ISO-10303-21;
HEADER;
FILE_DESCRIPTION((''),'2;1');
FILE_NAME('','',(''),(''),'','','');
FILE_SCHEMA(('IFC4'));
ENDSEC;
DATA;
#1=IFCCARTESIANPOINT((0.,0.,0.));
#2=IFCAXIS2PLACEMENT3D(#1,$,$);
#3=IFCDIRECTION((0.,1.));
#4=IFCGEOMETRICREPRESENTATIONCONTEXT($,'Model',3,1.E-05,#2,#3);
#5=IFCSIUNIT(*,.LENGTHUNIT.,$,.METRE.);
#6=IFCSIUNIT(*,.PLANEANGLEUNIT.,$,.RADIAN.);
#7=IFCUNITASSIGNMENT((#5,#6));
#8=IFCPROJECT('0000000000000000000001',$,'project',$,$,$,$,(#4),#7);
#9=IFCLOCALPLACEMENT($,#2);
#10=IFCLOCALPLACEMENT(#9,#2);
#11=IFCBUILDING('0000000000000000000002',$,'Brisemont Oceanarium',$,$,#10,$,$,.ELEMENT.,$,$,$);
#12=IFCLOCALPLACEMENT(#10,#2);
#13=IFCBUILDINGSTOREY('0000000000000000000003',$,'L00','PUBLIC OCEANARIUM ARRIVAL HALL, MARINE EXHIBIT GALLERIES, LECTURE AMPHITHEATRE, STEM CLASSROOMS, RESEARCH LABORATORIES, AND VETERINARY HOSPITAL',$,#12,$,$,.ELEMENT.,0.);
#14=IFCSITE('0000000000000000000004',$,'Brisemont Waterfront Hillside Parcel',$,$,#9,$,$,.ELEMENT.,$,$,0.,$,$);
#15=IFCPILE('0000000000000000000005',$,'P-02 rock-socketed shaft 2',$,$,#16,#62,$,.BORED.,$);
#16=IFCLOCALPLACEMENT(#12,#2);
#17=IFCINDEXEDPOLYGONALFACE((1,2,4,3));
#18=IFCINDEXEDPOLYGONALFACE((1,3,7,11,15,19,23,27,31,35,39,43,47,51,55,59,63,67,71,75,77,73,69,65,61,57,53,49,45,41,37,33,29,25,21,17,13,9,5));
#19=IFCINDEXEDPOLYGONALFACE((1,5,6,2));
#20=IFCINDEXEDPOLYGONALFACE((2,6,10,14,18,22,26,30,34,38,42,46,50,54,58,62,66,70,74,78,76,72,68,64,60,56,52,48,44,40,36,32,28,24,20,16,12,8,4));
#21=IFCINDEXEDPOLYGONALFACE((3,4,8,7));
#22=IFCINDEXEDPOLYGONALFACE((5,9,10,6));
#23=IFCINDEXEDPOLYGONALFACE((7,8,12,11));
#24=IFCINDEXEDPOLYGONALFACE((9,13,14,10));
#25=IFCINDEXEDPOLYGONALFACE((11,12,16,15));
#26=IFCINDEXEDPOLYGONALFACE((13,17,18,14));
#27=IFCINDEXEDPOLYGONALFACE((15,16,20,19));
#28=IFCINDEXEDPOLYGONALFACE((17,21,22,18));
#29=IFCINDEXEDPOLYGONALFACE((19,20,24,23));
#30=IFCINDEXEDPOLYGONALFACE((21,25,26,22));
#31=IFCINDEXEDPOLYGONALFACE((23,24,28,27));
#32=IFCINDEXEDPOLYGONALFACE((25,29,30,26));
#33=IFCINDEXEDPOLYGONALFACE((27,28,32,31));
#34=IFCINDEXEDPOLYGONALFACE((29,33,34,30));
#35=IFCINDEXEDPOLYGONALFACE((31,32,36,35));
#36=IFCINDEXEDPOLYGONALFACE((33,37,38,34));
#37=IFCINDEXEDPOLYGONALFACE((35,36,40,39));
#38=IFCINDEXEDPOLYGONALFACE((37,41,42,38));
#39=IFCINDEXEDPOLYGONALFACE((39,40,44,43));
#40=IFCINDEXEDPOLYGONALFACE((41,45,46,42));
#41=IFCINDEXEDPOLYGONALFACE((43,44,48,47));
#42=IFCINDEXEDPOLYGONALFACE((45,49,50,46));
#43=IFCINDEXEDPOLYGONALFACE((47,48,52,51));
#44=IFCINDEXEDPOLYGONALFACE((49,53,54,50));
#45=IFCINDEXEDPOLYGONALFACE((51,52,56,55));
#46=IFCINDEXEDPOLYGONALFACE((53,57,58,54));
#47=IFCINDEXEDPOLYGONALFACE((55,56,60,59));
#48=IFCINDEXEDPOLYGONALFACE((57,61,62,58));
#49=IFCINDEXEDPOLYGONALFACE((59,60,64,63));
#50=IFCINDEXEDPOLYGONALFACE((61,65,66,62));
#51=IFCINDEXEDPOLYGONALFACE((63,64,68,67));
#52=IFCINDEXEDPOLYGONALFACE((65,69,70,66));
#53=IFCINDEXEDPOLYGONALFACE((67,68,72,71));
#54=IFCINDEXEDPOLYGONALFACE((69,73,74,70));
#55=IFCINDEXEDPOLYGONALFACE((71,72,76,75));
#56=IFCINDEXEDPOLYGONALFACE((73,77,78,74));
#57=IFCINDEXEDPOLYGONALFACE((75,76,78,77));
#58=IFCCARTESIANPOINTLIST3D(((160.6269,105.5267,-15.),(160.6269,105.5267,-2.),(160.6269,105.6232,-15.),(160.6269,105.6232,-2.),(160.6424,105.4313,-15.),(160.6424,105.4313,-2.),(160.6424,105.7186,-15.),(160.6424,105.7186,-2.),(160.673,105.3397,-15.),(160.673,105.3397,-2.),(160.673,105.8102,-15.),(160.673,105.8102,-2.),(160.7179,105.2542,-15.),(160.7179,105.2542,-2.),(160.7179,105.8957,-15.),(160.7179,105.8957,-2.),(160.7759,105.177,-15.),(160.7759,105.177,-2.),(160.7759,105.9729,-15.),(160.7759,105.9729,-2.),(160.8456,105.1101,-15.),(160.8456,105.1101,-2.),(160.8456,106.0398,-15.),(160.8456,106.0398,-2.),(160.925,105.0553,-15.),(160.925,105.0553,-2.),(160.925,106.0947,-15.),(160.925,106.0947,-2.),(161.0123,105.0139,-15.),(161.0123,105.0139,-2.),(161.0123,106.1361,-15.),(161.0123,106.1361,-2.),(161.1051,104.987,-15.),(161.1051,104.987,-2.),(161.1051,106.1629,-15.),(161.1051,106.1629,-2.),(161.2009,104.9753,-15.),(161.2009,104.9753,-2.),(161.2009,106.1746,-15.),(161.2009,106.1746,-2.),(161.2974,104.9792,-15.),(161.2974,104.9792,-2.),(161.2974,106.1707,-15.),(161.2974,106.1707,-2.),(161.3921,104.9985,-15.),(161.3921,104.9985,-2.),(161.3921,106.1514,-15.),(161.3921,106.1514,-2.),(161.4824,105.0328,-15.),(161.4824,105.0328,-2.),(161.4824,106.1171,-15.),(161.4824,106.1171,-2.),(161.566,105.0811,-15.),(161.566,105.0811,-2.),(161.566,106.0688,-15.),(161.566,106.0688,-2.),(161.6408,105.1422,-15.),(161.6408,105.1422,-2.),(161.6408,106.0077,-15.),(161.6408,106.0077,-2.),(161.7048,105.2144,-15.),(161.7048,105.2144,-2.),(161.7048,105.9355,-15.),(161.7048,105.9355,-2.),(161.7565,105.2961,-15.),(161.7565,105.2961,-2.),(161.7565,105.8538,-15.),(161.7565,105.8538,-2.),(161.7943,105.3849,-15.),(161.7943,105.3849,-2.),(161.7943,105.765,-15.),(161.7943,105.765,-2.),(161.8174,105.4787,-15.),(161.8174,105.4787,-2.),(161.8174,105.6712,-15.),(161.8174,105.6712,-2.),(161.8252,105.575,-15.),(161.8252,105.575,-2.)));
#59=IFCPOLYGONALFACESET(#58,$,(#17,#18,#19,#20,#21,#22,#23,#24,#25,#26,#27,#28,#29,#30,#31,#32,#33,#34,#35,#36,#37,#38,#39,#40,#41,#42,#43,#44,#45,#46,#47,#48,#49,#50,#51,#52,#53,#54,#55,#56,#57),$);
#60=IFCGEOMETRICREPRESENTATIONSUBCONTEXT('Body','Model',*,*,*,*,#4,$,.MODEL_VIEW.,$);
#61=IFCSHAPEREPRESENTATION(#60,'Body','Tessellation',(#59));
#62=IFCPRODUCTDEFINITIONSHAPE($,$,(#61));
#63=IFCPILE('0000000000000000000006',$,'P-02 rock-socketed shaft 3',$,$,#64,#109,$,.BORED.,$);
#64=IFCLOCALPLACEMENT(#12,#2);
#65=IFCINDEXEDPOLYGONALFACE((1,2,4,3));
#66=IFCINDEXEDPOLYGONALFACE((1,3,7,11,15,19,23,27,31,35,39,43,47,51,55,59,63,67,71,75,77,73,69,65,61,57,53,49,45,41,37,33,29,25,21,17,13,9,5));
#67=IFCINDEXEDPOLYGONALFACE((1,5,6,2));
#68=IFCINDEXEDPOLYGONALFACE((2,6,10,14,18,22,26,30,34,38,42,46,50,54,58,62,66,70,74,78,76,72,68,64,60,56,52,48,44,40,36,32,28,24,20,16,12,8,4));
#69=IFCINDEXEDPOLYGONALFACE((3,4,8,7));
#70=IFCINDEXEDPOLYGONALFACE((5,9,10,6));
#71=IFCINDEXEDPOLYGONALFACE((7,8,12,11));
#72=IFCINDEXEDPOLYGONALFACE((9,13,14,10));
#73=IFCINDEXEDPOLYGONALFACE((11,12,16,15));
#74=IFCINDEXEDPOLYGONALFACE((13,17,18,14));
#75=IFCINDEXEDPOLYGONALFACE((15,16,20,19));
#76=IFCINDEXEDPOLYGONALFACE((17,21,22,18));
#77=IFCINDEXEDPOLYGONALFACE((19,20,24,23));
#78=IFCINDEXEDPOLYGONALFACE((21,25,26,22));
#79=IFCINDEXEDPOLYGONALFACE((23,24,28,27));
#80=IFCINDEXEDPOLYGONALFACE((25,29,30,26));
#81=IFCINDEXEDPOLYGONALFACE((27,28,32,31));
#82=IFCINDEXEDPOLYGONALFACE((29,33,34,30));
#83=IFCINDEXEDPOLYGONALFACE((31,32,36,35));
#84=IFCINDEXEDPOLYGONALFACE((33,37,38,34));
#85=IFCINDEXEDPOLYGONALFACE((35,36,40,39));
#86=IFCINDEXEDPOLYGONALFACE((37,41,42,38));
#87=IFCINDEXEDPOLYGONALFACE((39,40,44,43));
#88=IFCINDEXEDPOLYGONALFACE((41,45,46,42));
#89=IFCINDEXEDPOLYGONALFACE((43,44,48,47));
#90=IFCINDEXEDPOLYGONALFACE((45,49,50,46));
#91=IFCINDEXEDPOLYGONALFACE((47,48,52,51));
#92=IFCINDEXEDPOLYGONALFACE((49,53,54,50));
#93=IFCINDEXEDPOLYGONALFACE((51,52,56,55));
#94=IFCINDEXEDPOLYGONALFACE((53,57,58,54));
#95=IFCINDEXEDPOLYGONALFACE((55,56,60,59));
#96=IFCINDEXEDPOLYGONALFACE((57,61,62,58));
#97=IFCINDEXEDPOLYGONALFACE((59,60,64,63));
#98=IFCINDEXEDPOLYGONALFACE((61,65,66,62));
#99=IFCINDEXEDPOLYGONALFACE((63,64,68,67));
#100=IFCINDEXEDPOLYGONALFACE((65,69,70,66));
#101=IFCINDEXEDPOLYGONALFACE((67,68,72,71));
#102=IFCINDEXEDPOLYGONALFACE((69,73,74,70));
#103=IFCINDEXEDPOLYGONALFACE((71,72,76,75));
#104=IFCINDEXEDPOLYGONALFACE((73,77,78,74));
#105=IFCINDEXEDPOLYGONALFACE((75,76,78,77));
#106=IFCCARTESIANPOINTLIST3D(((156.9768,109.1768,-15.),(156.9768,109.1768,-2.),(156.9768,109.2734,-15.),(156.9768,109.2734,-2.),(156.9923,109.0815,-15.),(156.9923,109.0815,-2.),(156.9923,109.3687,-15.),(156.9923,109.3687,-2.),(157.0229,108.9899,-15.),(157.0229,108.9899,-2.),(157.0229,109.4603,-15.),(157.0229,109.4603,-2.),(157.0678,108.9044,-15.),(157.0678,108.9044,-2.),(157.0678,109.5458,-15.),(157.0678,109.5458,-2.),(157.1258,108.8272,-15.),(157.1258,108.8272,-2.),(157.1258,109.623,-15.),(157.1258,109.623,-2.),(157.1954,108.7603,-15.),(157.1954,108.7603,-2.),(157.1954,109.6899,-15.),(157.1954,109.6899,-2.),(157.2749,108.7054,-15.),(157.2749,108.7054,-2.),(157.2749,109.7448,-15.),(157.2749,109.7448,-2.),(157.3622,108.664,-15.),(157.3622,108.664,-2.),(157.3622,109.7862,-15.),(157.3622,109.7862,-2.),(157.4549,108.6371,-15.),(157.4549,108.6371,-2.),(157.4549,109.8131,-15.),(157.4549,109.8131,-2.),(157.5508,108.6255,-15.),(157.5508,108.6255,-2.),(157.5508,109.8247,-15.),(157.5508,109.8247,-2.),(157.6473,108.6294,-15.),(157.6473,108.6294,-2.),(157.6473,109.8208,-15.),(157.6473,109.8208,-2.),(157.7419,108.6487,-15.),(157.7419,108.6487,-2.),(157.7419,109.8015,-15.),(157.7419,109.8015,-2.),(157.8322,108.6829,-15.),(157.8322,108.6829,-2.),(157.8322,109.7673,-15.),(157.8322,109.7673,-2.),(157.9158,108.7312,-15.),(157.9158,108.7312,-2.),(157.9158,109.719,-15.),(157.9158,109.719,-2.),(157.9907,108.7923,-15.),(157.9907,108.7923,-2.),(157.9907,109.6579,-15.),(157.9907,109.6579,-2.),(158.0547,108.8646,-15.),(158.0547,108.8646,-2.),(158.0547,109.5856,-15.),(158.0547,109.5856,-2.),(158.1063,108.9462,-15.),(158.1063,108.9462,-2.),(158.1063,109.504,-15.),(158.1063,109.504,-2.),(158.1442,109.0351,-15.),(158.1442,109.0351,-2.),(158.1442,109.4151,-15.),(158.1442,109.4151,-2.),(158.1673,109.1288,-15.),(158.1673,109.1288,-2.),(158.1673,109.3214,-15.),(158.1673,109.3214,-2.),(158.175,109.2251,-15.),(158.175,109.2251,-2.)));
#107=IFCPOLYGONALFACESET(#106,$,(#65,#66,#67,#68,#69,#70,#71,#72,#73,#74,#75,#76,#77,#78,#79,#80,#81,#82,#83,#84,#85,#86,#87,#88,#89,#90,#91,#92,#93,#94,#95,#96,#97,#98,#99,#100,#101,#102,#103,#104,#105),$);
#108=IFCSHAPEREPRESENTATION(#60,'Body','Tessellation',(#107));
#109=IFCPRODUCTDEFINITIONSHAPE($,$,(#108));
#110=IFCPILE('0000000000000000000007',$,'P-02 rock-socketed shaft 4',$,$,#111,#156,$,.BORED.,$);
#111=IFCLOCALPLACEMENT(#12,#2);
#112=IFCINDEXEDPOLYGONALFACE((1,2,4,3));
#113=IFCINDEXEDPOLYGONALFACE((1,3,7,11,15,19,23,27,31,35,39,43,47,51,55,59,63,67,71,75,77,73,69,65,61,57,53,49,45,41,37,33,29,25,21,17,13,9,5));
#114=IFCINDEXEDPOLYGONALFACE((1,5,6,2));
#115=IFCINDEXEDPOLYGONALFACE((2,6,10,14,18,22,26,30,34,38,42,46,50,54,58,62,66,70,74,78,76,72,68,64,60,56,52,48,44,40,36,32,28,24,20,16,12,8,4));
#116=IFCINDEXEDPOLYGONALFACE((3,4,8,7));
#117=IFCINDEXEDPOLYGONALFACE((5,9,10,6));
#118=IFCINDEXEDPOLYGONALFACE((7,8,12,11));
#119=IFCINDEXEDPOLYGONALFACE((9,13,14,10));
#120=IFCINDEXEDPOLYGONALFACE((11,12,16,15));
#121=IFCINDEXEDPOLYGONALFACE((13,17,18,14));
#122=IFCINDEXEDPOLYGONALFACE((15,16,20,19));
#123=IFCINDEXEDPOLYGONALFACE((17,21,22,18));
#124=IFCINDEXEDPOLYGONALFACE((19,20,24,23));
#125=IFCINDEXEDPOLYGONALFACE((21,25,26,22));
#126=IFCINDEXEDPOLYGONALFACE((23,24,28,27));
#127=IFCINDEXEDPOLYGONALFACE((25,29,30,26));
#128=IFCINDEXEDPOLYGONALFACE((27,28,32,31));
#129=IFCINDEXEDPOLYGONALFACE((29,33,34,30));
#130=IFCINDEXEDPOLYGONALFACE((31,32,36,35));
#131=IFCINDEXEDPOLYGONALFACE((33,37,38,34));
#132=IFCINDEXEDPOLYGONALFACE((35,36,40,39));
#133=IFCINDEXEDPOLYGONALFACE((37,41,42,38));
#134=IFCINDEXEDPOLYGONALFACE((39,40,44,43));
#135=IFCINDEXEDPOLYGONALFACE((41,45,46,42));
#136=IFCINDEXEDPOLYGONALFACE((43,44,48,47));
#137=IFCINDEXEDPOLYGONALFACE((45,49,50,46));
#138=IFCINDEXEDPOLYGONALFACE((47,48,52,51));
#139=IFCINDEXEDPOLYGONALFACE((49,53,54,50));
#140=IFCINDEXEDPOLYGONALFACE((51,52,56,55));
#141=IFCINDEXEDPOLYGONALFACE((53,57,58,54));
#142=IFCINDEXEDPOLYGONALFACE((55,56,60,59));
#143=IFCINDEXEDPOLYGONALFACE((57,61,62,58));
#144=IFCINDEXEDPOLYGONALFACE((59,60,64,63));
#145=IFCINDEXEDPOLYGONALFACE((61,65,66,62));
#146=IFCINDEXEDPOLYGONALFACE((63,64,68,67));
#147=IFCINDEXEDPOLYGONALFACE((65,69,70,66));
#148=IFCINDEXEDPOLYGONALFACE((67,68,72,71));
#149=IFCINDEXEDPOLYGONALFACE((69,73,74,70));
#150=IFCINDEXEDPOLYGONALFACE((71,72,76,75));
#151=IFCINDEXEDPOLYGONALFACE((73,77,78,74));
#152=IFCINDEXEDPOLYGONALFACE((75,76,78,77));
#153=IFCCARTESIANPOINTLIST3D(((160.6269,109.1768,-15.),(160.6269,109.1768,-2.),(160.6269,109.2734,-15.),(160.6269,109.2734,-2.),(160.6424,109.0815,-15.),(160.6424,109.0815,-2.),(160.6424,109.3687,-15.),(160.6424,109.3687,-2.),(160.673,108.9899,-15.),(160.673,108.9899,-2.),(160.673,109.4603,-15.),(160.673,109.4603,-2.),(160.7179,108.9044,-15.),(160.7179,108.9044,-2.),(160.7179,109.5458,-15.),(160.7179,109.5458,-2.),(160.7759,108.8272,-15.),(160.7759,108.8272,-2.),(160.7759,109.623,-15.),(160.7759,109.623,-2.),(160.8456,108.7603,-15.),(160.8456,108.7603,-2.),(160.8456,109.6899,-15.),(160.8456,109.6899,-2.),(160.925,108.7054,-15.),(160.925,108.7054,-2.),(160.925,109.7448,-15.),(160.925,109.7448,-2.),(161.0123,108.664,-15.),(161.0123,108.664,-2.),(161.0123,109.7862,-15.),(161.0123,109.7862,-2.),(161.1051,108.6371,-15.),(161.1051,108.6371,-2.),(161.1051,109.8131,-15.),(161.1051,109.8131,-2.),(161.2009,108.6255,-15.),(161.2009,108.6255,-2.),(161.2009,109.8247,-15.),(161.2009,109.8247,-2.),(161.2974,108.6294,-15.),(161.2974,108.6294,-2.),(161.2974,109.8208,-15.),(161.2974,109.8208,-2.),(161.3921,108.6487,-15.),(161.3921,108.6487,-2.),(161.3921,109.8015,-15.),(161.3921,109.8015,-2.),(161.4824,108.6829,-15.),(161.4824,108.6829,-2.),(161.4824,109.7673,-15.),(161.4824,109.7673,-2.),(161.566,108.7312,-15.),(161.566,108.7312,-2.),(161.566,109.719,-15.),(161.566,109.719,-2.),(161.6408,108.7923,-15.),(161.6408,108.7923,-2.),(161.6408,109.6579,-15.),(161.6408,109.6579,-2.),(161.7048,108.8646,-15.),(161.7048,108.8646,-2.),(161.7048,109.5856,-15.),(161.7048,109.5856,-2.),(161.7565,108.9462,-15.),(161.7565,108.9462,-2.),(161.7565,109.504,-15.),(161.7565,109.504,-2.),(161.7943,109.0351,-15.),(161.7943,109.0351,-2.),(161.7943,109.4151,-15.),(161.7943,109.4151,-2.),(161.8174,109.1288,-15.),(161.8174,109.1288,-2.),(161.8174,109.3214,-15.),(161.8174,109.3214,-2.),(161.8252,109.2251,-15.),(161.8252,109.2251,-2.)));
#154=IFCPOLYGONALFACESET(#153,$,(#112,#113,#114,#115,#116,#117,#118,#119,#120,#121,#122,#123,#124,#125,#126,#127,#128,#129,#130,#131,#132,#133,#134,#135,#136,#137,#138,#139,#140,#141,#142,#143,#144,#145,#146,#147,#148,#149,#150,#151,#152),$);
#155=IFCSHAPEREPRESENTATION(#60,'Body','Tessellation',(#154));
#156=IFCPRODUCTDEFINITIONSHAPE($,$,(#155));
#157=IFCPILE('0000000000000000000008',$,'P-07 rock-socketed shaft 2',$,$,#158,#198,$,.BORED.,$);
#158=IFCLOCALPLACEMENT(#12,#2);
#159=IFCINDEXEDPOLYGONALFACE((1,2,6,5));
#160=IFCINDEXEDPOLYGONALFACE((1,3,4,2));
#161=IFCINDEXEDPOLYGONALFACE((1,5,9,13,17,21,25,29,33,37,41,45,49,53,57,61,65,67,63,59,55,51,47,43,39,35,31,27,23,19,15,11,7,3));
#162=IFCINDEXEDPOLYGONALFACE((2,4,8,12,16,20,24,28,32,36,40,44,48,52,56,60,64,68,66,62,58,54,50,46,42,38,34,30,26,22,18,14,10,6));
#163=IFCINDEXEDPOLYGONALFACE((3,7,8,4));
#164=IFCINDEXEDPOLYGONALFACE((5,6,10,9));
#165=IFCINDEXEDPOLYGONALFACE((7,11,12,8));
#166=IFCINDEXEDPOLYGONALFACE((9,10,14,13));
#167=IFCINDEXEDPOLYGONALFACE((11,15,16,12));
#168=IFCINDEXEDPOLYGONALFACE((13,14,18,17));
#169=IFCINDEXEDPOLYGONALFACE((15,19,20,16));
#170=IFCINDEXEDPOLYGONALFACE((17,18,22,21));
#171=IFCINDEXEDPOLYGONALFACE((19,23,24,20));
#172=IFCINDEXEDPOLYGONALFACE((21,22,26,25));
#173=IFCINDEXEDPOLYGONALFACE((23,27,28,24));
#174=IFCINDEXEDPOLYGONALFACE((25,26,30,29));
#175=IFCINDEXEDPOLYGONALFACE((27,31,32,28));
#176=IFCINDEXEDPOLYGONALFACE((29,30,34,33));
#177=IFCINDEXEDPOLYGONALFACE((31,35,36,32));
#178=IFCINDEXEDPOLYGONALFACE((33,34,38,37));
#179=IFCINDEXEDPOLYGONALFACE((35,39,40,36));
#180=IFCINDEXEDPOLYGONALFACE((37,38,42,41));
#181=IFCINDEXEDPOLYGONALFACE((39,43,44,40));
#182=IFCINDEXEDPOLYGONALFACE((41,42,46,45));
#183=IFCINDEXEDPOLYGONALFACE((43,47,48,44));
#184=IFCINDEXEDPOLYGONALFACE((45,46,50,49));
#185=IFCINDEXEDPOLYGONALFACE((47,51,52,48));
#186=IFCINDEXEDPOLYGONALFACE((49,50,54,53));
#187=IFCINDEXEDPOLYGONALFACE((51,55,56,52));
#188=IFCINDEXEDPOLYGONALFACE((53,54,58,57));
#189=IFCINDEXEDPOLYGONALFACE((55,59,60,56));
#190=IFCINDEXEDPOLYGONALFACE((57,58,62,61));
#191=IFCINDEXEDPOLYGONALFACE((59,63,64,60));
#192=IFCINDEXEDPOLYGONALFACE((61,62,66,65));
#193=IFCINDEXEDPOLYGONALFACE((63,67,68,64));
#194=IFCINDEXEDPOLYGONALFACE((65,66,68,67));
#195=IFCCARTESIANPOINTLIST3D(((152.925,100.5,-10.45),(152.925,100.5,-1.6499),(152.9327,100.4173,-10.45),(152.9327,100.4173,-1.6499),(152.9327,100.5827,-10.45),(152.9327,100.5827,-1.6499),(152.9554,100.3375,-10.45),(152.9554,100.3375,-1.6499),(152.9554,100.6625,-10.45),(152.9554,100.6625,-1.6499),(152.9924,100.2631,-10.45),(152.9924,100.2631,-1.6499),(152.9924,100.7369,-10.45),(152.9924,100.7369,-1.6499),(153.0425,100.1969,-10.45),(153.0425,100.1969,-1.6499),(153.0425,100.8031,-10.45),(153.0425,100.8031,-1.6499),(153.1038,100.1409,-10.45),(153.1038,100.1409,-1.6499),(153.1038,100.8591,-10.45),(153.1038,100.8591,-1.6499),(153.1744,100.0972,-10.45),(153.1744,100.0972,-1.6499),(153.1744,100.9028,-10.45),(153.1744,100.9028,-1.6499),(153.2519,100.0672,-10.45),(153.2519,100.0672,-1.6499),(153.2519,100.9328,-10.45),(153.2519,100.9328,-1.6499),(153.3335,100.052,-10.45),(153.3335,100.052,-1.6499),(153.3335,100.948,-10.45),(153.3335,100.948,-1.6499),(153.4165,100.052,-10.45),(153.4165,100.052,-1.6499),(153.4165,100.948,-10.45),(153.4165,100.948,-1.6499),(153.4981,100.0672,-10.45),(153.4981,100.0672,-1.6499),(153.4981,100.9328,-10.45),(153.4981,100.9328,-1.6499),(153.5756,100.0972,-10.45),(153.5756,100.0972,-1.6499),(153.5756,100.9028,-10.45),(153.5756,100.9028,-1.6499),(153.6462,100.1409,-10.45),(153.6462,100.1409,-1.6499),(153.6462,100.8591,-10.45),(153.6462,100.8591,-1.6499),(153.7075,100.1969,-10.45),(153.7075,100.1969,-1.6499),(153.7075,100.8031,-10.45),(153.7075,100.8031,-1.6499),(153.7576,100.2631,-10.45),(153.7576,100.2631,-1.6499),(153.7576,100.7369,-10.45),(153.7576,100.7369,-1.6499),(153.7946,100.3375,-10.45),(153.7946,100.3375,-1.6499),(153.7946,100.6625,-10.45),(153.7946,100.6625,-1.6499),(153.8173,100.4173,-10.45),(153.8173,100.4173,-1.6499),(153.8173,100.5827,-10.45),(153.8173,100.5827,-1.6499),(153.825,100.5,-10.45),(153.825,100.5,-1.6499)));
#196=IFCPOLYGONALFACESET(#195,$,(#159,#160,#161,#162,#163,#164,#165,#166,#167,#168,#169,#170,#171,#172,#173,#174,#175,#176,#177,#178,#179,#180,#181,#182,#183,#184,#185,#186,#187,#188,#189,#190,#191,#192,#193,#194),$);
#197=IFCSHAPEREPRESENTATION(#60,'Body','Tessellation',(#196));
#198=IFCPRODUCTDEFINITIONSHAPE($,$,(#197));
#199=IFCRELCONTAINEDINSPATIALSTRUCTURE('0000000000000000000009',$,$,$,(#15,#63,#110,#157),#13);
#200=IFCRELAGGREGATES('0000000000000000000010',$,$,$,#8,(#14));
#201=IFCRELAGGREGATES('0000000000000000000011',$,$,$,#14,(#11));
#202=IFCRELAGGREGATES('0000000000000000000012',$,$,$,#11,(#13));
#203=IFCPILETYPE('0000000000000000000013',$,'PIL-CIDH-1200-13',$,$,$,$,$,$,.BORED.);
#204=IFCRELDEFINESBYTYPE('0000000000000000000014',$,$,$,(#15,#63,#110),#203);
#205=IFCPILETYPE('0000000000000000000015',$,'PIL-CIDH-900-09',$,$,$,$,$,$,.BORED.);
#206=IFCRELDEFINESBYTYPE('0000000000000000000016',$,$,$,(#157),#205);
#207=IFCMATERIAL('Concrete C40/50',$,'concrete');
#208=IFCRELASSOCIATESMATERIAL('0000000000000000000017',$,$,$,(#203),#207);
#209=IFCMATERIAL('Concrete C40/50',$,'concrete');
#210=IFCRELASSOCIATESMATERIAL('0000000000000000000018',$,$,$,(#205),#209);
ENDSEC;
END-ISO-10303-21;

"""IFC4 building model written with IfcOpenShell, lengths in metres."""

from ifc_helpers import new_model, si_unit, direction, frame, origin, origin_2d, place, context, subcontext, project, spatial, circle, extrude, material, material_profile, profile_set, type_object, element, save


model = new_model("IFC4")

# Units and contexts
model_context = context("Model", 3, precision=1e-05, world=origin(), true_north=direction((0.0, 1.0)))
body_context = subcontext(model_context, "Body", "Model", "MODEL_VIEW")
ifc_project = project(units=[si_unit("LENGTHUNIT", "METRE"), si_unit("PLANEANGLEUNIT", "RADIAN")], contexts=[model_context])

# Site, building, storey
site_placement = place(None, origin())
site = spatial("IfcSite", under=ifc_project, at=site_placement, Name="Brisemont Waterfront Hillside Parcel", CompositionType="ELEMENT", RefElevation=0.0)
building_placement = place(site_placement, origin())
building = spatial("IfcBuilding", under=site, at=building_placement, Name="Brisemont Oceanarium", CompositionType="ELEMENT")
storey_placement = place(building_placement, origin())
storey = spatial("IfcBuildingStorey", under=building, at=storey_placement, Name="L00", Description="PUBLIC OCEANARIUM ARRIVAL HALL, MARINE EXHIBIT GALLERIES, LECTURE AMPHITHEATRE, STEM CLASSROOMS, RESEARCH LABORATORIES, AND VETERINARY HOSPITAL", CompositionType="ELEMENT", Elevation=0.0)

# Piles
ifc_material_1 = material(Name="Concrete C40/50", Category="concrete")
ifc_material_profile_1 = material_profile(ifc_material_1, circle(Radius=0.6001, at=origin_2d()), Name="CIDH-D1200")
ifc_profile_set_1 = profile_set([ifc_material_profile_1], Name="Concrete C40/50")
pile_type_1 = type_object("IfcPileType", Name="PIL-CIDH-1200-13", PredefinedType="BORED", material=ifc_profile_set_1)
for number, where, z_axis, x_axis, name in (
    (1, (161.2251, 105.575, -2.0), (0.0, 0.0, -1.0), (1.0, 0.0, 0.0), "P-02 rock-socketed shaft 2"),
    (2, (157.575, 109.2251, -2.0), (0.0, 0.0, -1.0), (1.0, 0.0, 0.0), "P-02 rock-socketed shaft 3"),
    (3, (161.2251, 109.2251, -2.0), (0.0, 0.0, -1.0), (1.0, 0.0, 0.0), "P-02 rock-socketed shaft 4"),
):
    element("IfcPile", number, at=place(storey_placement, frame(where, z_axis=z_axis, x_axis=x_axis)), inside=storey, type_object=pile_type_1, Name=name, PredefinedType="BORED", context=body_context, shape_type="SweptSolid", body=[
        extrude(circle(Radius=0.6001, at=origin_2d()), origin(), (0.0, 0.0, 1.0), 13.0),
    ])
ifc_material_2 = material(Name="Concrete C40/50", Category="concrete")
ifc_material_profile_2 = material_profile(ifc_material_2, circle(Radius=0.45, at=origin_2d()), Name="CIDH-D900")
ifc_profile_set_2 = profile_set([ifc_material_profile_2], Name="Concrete C40/50")
pile_type_2 = type_object("IfcPileType", Name="PIL-CIDH-900-09", PredefinedType="BORED", material=ifc_profile_set_2)
pile_1_placement = place(storey_placement, frame((153.375, 100.5, -1.6499), z_axis=(0.0, 0.0, -1.0), x_axis=(1.0, 0.0, 0.0)))
element("IfcPile", 4, at=pile_1_placement, inside=storey, type_object=pile_type_2, Name="P-07 rock-socketed shaft 2", PredefinedType="BORED", context=body_context, shape_type="SweptSolid", body=[
    extrude(circle(Radius=0.45, at=origin_2d()), origin(), (0.0, 0.0, 1.0), 8.8),
])

save(model, "model.ifc")
